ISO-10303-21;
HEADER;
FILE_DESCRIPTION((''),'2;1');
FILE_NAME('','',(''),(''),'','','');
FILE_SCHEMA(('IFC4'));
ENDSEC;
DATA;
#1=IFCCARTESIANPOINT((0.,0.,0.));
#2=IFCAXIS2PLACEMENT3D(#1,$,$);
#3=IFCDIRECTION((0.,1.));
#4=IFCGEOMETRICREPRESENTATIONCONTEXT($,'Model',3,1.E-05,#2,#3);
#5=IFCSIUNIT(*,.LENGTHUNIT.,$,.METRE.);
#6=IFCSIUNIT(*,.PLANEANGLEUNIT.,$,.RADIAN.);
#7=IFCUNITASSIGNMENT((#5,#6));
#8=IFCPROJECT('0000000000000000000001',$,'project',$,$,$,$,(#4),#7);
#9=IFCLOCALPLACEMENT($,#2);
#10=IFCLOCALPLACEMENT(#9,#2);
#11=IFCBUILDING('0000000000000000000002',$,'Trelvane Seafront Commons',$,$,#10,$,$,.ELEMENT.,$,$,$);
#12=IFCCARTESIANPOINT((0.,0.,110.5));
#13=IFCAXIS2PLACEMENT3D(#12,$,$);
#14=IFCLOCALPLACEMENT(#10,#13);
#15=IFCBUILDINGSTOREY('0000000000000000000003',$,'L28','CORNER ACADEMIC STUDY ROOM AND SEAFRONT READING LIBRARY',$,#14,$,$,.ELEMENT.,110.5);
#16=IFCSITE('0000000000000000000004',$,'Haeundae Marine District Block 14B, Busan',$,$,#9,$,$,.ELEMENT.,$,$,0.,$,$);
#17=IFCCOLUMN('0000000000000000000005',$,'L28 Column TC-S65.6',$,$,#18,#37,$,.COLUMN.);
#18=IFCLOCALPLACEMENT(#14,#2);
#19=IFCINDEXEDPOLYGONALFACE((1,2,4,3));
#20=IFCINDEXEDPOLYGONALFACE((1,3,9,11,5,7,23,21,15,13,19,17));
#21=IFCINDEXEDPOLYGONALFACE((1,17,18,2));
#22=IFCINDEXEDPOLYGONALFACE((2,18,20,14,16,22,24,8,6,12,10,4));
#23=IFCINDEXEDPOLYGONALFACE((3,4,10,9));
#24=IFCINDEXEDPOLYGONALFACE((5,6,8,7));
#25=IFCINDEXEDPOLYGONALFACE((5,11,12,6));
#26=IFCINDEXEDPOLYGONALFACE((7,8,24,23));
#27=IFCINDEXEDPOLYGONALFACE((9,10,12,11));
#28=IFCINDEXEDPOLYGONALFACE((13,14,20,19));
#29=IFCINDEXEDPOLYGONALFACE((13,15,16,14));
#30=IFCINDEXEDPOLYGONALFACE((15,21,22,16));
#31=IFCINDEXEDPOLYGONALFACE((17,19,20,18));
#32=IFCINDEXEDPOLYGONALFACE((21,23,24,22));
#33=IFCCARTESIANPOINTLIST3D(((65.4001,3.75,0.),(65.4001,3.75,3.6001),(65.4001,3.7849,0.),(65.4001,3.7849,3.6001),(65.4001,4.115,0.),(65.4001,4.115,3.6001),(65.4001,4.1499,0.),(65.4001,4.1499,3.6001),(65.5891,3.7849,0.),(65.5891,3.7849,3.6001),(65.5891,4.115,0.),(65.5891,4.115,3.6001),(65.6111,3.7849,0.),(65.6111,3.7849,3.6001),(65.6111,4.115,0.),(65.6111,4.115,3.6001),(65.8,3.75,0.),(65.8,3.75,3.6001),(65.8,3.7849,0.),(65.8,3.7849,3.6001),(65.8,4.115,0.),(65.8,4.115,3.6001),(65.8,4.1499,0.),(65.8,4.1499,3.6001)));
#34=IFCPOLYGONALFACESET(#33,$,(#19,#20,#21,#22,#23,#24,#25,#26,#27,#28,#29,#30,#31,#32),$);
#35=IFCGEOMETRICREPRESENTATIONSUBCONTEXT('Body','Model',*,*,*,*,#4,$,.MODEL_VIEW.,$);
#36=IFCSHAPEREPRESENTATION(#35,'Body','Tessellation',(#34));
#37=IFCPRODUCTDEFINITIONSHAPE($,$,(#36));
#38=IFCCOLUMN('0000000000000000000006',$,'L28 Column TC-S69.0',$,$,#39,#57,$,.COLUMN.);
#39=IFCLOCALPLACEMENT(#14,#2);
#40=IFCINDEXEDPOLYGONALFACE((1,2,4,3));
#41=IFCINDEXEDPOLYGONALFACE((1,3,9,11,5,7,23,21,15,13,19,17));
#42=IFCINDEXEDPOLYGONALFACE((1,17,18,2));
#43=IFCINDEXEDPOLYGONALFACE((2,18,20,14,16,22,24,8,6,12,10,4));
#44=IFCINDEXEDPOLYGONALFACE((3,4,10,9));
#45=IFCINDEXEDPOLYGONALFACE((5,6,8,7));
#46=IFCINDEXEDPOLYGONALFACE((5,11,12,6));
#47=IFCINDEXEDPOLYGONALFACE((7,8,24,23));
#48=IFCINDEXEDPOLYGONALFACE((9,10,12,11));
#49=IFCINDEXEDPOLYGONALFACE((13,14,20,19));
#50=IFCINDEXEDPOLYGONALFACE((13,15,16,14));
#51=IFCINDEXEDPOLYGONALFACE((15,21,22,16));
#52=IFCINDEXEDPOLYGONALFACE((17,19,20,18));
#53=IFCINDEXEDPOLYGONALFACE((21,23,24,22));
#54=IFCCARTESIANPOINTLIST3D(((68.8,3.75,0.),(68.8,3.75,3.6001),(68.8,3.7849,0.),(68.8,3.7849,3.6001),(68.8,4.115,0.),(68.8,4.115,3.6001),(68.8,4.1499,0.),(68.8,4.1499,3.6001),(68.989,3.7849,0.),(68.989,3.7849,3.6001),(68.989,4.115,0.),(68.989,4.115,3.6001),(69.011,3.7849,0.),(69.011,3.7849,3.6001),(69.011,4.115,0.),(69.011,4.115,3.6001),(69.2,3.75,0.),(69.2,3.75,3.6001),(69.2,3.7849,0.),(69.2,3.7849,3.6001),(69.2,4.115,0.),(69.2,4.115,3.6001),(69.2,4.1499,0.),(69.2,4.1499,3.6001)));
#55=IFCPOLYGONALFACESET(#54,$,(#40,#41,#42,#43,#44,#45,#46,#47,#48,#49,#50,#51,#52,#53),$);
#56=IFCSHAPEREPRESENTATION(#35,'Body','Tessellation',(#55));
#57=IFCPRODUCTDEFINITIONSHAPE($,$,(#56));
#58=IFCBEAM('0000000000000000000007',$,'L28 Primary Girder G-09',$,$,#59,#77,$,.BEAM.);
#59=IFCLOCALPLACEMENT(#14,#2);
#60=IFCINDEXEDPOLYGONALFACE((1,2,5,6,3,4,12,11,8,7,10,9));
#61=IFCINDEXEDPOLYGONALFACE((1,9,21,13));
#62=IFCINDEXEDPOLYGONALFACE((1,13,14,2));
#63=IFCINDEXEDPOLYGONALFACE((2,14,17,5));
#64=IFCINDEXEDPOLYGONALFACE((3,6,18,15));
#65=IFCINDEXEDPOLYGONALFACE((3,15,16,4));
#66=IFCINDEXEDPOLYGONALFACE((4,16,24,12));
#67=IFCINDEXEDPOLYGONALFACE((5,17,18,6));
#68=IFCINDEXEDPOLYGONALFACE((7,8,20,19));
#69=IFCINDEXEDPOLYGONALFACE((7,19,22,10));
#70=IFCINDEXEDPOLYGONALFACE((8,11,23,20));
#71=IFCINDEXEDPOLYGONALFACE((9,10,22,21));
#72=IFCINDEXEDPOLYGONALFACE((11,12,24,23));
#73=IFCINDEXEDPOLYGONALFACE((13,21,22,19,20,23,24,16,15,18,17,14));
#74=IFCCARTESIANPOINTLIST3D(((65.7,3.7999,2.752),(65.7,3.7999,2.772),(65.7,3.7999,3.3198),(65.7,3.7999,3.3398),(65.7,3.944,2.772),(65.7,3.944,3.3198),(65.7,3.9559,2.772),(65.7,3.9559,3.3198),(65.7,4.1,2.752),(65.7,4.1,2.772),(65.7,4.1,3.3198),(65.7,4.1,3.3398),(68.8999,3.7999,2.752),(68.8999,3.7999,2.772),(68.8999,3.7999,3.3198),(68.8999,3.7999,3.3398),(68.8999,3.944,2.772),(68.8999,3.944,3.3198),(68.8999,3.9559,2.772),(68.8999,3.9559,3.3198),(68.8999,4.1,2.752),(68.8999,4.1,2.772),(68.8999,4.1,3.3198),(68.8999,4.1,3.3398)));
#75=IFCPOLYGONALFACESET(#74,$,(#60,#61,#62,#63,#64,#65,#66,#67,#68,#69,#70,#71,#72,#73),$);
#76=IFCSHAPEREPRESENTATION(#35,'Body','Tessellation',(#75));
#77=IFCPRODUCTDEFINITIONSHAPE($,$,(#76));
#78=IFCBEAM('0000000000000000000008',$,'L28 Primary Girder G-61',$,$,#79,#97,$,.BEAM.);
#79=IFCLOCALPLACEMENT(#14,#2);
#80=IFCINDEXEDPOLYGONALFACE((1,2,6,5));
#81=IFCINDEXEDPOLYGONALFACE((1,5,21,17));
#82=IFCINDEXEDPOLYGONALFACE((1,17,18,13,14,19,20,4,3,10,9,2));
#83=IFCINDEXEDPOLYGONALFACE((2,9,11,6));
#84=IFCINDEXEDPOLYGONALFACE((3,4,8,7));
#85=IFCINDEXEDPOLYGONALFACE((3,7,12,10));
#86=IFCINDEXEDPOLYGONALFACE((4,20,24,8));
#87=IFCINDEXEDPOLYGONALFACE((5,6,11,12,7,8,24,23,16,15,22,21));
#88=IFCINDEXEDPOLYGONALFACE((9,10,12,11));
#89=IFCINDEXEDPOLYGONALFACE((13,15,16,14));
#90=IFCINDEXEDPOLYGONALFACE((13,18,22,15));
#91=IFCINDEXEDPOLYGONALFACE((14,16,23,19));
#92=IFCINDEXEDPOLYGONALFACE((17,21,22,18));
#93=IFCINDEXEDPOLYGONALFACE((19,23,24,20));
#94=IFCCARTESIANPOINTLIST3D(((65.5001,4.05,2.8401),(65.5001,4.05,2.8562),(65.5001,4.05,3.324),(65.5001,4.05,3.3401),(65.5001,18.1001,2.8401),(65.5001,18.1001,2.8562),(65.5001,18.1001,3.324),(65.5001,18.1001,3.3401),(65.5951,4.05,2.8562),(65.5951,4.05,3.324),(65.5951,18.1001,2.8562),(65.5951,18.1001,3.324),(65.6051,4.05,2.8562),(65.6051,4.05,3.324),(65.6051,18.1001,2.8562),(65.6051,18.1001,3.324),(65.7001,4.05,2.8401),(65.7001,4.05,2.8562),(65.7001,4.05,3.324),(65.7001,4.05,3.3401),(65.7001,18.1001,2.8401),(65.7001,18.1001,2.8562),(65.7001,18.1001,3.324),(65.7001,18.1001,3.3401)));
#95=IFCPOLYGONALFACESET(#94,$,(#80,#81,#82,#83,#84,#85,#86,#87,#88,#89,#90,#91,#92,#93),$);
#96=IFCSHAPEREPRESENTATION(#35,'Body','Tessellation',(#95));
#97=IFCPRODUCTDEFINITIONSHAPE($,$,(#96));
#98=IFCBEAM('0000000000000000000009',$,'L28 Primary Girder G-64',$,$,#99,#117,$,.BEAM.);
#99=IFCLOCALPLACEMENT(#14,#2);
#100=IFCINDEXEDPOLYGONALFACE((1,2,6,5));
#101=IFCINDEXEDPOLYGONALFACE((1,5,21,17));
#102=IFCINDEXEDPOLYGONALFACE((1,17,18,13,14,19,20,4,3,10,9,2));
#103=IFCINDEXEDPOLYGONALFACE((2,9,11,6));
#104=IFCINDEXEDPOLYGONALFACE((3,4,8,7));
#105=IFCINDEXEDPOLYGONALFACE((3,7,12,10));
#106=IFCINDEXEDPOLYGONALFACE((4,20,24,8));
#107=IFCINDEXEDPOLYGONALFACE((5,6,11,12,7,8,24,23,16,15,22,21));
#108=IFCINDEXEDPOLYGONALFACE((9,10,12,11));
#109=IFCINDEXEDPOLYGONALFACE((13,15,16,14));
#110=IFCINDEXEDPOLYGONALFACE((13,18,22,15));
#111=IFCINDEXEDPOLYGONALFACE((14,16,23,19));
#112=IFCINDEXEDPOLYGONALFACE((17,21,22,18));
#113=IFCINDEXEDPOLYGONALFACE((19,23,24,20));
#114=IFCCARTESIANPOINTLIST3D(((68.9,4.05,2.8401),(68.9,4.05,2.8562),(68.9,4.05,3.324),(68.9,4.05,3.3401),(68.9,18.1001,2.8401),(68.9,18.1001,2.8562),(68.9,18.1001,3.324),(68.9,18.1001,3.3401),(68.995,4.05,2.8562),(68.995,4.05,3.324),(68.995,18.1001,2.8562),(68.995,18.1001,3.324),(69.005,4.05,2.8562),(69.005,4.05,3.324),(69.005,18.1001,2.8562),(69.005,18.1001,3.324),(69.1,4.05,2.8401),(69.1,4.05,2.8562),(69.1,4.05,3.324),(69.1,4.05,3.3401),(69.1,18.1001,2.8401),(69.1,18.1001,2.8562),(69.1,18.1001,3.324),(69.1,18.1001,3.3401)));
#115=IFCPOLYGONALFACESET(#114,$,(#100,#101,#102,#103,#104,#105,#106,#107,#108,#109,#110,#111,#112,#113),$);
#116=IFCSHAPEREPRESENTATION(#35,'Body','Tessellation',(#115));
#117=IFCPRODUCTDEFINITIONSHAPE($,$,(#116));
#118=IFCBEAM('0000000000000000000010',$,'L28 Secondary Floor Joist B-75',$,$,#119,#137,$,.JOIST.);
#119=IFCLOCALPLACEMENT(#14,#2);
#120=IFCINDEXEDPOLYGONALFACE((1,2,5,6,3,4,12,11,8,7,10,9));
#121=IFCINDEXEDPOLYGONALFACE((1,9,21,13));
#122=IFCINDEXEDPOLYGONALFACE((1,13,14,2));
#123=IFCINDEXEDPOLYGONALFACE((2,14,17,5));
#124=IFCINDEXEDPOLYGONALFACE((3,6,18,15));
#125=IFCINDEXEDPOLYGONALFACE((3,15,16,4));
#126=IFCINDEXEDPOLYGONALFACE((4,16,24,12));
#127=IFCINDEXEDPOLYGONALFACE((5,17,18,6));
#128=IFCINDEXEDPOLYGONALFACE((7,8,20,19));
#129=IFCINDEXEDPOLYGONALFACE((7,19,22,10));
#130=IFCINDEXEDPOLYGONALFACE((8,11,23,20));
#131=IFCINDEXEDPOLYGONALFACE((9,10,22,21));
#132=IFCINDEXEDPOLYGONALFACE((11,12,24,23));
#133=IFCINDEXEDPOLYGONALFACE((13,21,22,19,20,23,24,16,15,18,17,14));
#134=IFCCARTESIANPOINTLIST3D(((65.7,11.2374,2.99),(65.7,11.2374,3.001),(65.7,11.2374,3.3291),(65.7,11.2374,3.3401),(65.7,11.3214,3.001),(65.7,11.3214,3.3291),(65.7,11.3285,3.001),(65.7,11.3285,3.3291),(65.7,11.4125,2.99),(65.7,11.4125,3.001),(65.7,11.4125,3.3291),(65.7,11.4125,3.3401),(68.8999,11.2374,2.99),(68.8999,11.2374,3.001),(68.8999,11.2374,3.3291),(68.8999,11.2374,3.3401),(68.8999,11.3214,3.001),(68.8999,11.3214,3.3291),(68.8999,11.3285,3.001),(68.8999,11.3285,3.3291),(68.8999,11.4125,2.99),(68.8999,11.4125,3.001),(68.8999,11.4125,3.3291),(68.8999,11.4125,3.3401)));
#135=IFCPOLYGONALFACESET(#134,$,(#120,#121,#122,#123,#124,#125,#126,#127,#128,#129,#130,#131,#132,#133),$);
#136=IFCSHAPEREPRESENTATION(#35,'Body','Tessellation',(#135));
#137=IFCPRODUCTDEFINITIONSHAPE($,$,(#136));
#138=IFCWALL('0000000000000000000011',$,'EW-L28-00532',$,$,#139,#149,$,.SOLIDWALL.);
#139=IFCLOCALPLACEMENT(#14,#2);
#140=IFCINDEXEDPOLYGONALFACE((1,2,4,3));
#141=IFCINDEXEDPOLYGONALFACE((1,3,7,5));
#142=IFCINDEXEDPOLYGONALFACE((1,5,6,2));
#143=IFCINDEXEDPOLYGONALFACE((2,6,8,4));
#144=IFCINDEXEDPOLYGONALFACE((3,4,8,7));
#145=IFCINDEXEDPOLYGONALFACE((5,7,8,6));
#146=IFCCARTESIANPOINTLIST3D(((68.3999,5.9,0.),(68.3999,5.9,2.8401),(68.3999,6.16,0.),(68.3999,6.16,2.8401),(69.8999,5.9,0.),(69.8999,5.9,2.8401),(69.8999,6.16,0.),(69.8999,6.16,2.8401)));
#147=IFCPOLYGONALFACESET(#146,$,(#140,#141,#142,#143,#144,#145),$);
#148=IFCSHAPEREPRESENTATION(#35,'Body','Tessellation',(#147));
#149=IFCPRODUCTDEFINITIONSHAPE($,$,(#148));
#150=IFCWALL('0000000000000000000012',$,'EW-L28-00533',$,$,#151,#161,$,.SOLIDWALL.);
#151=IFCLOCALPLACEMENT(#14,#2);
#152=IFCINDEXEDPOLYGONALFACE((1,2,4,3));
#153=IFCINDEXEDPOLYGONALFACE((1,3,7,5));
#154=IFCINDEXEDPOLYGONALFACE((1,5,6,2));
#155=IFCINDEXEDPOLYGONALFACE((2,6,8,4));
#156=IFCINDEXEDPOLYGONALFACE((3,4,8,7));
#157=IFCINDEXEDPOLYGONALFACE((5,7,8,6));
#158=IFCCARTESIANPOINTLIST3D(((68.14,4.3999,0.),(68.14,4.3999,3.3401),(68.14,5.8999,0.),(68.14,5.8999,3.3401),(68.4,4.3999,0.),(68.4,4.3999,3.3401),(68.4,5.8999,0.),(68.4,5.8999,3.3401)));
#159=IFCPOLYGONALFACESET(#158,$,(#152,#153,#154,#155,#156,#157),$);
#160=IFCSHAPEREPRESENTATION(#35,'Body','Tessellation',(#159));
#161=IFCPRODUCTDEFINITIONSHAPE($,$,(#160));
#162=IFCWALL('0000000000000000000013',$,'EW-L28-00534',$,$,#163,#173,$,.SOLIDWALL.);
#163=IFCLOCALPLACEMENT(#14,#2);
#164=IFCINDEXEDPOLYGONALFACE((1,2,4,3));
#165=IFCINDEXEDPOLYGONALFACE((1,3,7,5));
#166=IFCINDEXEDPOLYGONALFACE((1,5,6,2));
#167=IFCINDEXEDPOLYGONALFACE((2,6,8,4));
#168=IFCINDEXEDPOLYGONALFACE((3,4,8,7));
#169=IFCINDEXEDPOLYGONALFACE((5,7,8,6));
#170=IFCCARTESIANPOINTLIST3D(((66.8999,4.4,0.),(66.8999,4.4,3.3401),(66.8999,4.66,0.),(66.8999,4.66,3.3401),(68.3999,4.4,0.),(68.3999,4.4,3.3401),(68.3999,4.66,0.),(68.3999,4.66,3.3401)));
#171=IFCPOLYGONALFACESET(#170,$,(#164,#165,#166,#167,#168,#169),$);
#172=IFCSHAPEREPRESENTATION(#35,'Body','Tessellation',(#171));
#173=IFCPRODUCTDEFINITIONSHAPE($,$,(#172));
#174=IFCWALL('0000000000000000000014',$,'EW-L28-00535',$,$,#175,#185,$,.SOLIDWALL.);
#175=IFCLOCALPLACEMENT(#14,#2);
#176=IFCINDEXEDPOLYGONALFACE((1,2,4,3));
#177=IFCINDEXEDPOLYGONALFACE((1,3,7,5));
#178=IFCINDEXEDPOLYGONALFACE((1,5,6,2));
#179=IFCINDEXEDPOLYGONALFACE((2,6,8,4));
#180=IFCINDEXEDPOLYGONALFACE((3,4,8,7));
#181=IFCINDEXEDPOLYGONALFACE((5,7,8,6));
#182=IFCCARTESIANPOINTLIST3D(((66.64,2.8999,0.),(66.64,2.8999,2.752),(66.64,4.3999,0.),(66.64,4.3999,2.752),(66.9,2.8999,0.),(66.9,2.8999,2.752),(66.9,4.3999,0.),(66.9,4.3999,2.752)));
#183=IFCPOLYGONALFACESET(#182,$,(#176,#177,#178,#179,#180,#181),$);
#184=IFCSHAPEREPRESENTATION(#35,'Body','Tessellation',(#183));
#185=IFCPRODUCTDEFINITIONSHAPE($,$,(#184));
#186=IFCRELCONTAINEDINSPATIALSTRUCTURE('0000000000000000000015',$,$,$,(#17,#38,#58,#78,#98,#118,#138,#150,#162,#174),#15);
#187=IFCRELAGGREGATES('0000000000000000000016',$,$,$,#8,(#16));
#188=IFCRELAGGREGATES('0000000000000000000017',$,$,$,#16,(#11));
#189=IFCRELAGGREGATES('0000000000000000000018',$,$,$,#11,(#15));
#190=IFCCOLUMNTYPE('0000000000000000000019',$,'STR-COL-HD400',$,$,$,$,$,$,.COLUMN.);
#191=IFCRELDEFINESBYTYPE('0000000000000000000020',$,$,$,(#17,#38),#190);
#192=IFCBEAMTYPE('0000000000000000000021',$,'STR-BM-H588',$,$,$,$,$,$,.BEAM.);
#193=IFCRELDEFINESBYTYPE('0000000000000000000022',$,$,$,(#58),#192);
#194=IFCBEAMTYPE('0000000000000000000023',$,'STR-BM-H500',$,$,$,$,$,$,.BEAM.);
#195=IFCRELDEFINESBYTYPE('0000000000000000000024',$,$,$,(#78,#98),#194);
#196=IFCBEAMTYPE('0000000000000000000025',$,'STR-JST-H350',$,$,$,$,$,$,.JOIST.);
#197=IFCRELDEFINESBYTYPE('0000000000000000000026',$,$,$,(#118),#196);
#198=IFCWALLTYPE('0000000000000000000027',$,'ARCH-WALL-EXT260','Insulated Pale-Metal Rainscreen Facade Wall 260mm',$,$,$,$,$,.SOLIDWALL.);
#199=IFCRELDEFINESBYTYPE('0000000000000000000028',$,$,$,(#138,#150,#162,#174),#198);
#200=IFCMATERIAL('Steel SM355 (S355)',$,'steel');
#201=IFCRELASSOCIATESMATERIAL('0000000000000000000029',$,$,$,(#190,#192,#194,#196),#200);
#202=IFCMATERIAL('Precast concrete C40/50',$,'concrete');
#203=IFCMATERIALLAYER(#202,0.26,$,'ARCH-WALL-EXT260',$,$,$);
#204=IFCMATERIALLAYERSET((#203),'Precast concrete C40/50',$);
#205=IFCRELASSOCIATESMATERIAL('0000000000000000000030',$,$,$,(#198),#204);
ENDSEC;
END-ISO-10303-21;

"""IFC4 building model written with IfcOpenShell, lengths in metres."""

from ifc_helpers import new_model, si_unit, direction, frame, frame_2d, origin, origin_2d, place, context, subcontext, project, spatial, rectangle, i_section, extrude, source, transform, mapped, material, layer, layer_set, material_profile, profile_set, type_object, element, save


model = new_model("IFC4")

# Units and contexts
model_context = context("Model", 3, precision=1e-05, world=origin(), true_north=direction((0.0, 1.0)))
body_context = subcontext(model_context, "Body", "Model", "MODEL_VIEW")
ifc_project = project(units=[si_unit("LENGTHUNIT", "METRE"), si_unit("PLANEANGLEUNIT", "RADIAN")], contexts=[model_context])

# Site, building, storey
site_placement = place(None, origin())
site = spatial("IfcSite", under=ifc_project, at=site_placement, Name="Haeundae Marine District Block 14B, Busan", CompositionType="ELEMENT", RefElevation=0.0)
building_placement = place(site_placement, origin())
building = spatial("IfcBuilding", under=site, at=building_placement, Name="Trelvane Seafront Commons", CompositionType="ELEMENT")
storey_placement = place(building_placement, frame((0.0, 0.0, 110.5)))
storey = spatial("IfcBuildingStorey", under=building, at=storey_placement, Name="L28", Description="CORNER ACADEMIC STUDY ROOM AND SEAFRONT READING LIBRARY", CompositionType="ELEMENT", Elevation=110.5)

# Columns
ifc_material_1 = material(Name="Steel SM355 (S355)", Category="steel")
ifc_material_profile_1 = material_profile(ifc_material_1, i_section(OverallWidth=0.3999, OverallDepth=0.3999, WebThickness=0.022, FlangeThickness=0.0349, at=origin_2d()), Name="HD-400x400x22x35")
ifc_profile_set_1 = profile_set([ifc_material_profile_1], Name="Steel SM355 (S355)")
column_type = type_object("IfcColumnType", Name="STR-COL-HD400", PredefinedType="COLUMN", material=ifc_profile_set_1)
shared_shape_1 = source(origin(), body_context, "Body", "SweptSolid", [
    extrude(i_section(OverallWidth=0.3999, OverallDepth=0.3999, WebThickness=0.022, FlangeThickness=0.0349, at=origin_2d()), origin(), (0.0, 0.0, 1.0), 3.6001),
])
for number, where, z_axis, x_axis, name in (
    (1, (65.6001, 3.95, 0.0), (0.0, 0.0, 1.0), (1.0, 0.0, 0.0), "L28 Column TC-S65.6"),
    (2, (69.0, 3.95, 0.0), (0.0, 0.0, 1.0), (1.0, 0.0, 0.0), "L28 Column TC-S69.0"),
):
    element("IfcColumn", number, at=place(storey_placement, frame(where, z_axis=z_axis, x_axis=x_axis)), inside=storey, type_object=column_type, Name=name, PredefinedType="COLUMN", context=body_context, shape_type="MappedRepresentation", body=[
        mapped(shared_shape_1, transform((0.0, 0.0, 0.0), x_axis=(1.0, 0.0, 0.0), y_axis=(0.0, 1.0, 0.0), z_axis=(0.0, 0.0, 1.0), scale=1.0)),
    ])

# Beams
ifc_material_profile_2 = material_profile(ifc_material_1, i_section(OverallWidth=0.3, OverallDepth=0.5879, WebThickness=0.012, FlangeThickness=0.02, at=origin_2d()), Name="H-588x300x12x20")
ifc_profile_set_2 = profile_set([ifc_material_profile_2], Name="Steel SM355 (S355)")
beam_type_1 = type_object("IfcBeamType", Name="STR-BM-H588", PredefinedType="BEAM", material=ifc_profile_set_2)
shared_shape_2 = source(origin(), body_context, "Body", "SweptSolid", [
    extrude(i_section(OverallWidth=0.3, OverallDepth=0.5879, WebThickness=0.012, FlangeThickness=0.02, at=origin_2d()), origin(), (0.0, 0.0, 1.0), 3.2),
])
beam_1_placement = place(storey_placement, frame((65.7, 3.95, 3.0459), z_axis=(1.0, 0.0, 0.0), x_axis=(0.0, 1.0, 0.0)))
element("IfcBeam", 3, at=beam_1_placement, inside=storey, type_object=beam_type_1, Name="L28 Primary Girder G-09", PredefinedType="BEAM", context=body_context, shape_type="MappedRepresentation", body=[
    mapped(shared_shape_2, transform((0.0, 0.0, 0.0), x_axis=(1.0, 0.0, 0.0), y_axis=(0.0, 1.0, 0.0), z_axis=(0.0, 0.0, 1.0), scale=1.0)),
])
ifc_material_profile_3 = material_profile(ifc_material_1, i_section(OverallWidth=0.2, OverallDepth=0.5, WebThickness=0.01, FlangeThickness=0.0161, at=origin_2d()), Name="H-500x200x10x16")
ifc_profile_set_3 = profile_set([ifc_material_profile_3], Name="Steel SM355 (S355)")
beam_type_2 = type_object("IfcBeamType", Name="STR-BM-H500", PredefinedType="BEAM", material=ifc_profile_set_3)
shared_shape_3 = source(origin(), body_context, "Body", "SweptSolid", [
    extrude(i_section(OverallWidth=0.2, OverallDepth=0.5, WebThickness=0.01, FlangeThickness=0.0161, at=origin_2d()), origin(), (0.0, 0.0, 1.0), 14.05),
])
for number, where, z_axis, x_axis, name in (
    (4, (65.6001, 4.05, 3.0901), (0.0, 1.0, 0.0), (-1.0, 0.0, 0.0), "L28 Primary Girder G-61"),
    (5, (69.0, 4.05, 3.0901), (0.0, 1.0, 0.0), (-1.0, 0.0, 0.0), "L28 Primary Girder G-64"),
):
    element("IfcBeam", number, at=place(storey_placement, frame(where, z_axis=z_axis, x_axis=x_axis)), inside=storey, type_object=beam_type_2, Name=name, PredefinedType="BEAM", context=body_context, shape_type="MappedRepresentation", body=[
        mapped(shared_shape_3, transform((0.0, 0.0, 0.0), x_axis=(1.0, 0.0, 0.0), y_axis=(0.0, 1.0, 0.0), z_axis=(0.0, 0.0, 1.0), scale=1.0)),
    ])
ifc_material_profile_4 = material_profile(ifc_material_1, i_section(OverallWidth=0.175, OverallDepth=0.3501, WebThickness=0.0071, FlangeThickness=0.011, at=origin_2d()), Name="H-350x175x7x11")
ifc_profile_set_4 = profile_set([ifc_material_profile_4], Name="Steel SM355 (S355)")
beam_type_3 = type_object("IfcBeamType", Name="STR-JST-H350", PredefinedType="JOIST", material=ifc_profile_set_4)
shared_shape_4 = source(origin(), body_context, "Body", "SweptSolid", [
    extrude(i_section(OverallWidth=0.175, OverallDepth=0.3501, WebThickness=0.0071, FlangeThickness=0.011, at=origin_2d()), origin(), (0.0, 0.0, 1.0), 3.2),
])
beam_2_placement = place(storey_placement, frame((65.7, 11.325, 3.165), z_axis=(1.0, 0.0, 0.0), x_axis=(0.0, 1.0, 0.0)))
element("IfcBeam", 6, at=beam_2_placement, inside=storey, type_object=beam_type_3, Name="L28 Secondary Floor Joist B-75", PredefinedType="JOIST", context=body_context, shape_type="MappedRepresentation", body=[
    mapped(shared_shape_4, transform((0.0, 0.0, 0.0), x_axis=(1.0, 0.0, 0.0), y_axis=(0.0, 1.0, 0.0), z_axis=(0.0, 0.0, 1.0), scale=1.0)),
])

# Walls
ifc_material_2 = material(Name="Precast concrete C40/50", Category="concrete")
ifc_layer_1 = layer(ifc_material_2, 0.26, Name="ARCH-WALL-EXT260")
ifc_layer_set_1 = layer_set([ifc_layer_1], Name="Precast concrete C40/50")
wall_type_1 = type_object("IfcWallType", Name="ARCH-WALL-EXT260", Description="Insulated Pale-Metal Rainscreen Facade Wall 260mm", PredefinedType="SOLIDWALL", material=ifc_layer_set_1)
wall_1_placement = place(storey_placement, frame((69.8999, 6.03, 0.0), z_axis=(0.0, 0.0, 1.0), x_axis=(-1.0, 0.0, 0.0)))
element("IfcWall", 7, at=wall_1_placement, inside=storey, type_object=wall_type_1, Name="EW-L28-00532", PredefinedType="SOLIDWALL", context=body_context, shape_type="SweptSolid", body=[
    extrude(rectangle(XDim=1.5, YDim=0.26, at=frame_2d((0.75, 0.0))), origin(), (0.0, 0.0, 1.0), 2.8401),
])
for number, where, z_axis, x_axis, name in (
    (8, (68.27, 5.8999, 0.0), (0.0, 0.0, 1.0), (0.0, -1.0, 0.0), "EW-L28-00533"),
    (9, (68.3999, 4.53, 0.0), (0.0, 0.0, 1.0), (-1.0, 0.0, 0.0), "EW-L28-00534"),
):
    element("IfcWall", number, at=place(storey_placement, frame(where, z_axis=z_axis, x_axis=x_axis)), inside=storey, type_object=wall_type_1, Name=name, PredefinedType="SOLIDWALL", context=body_context, shape_type="SweptSolid", body=[
        extrude(rectangle(XDim=1.5, YDim=0.26, at=frame_2d((0.75, 0.0))), origin(), (0.0, 0.0, 1.0), 3.3401),
    ])
wall_2_placement = place(storey_placement, frame((66.77, 4.3999, 0.0), z_axis=(0.0, 0.0, 1.0), x_axis=(0.0, -1.0, 0.0)))
element("IfcWall", 10, at=wall_2_placement, inside=storey, type_object=wall_type_1, Name="EW-L28-00535", PredefinedType="SOLIDWALL", context=body_context, shape_type="SweptSolid", body=[
    extrude(rectangle(XDim=1.5, YDim=0.26, at=frame_2d((0.75, 0.0))), origin(), (0.0, 0.0, 1.0), 2.752),
])

save(model, "model.ifc")
